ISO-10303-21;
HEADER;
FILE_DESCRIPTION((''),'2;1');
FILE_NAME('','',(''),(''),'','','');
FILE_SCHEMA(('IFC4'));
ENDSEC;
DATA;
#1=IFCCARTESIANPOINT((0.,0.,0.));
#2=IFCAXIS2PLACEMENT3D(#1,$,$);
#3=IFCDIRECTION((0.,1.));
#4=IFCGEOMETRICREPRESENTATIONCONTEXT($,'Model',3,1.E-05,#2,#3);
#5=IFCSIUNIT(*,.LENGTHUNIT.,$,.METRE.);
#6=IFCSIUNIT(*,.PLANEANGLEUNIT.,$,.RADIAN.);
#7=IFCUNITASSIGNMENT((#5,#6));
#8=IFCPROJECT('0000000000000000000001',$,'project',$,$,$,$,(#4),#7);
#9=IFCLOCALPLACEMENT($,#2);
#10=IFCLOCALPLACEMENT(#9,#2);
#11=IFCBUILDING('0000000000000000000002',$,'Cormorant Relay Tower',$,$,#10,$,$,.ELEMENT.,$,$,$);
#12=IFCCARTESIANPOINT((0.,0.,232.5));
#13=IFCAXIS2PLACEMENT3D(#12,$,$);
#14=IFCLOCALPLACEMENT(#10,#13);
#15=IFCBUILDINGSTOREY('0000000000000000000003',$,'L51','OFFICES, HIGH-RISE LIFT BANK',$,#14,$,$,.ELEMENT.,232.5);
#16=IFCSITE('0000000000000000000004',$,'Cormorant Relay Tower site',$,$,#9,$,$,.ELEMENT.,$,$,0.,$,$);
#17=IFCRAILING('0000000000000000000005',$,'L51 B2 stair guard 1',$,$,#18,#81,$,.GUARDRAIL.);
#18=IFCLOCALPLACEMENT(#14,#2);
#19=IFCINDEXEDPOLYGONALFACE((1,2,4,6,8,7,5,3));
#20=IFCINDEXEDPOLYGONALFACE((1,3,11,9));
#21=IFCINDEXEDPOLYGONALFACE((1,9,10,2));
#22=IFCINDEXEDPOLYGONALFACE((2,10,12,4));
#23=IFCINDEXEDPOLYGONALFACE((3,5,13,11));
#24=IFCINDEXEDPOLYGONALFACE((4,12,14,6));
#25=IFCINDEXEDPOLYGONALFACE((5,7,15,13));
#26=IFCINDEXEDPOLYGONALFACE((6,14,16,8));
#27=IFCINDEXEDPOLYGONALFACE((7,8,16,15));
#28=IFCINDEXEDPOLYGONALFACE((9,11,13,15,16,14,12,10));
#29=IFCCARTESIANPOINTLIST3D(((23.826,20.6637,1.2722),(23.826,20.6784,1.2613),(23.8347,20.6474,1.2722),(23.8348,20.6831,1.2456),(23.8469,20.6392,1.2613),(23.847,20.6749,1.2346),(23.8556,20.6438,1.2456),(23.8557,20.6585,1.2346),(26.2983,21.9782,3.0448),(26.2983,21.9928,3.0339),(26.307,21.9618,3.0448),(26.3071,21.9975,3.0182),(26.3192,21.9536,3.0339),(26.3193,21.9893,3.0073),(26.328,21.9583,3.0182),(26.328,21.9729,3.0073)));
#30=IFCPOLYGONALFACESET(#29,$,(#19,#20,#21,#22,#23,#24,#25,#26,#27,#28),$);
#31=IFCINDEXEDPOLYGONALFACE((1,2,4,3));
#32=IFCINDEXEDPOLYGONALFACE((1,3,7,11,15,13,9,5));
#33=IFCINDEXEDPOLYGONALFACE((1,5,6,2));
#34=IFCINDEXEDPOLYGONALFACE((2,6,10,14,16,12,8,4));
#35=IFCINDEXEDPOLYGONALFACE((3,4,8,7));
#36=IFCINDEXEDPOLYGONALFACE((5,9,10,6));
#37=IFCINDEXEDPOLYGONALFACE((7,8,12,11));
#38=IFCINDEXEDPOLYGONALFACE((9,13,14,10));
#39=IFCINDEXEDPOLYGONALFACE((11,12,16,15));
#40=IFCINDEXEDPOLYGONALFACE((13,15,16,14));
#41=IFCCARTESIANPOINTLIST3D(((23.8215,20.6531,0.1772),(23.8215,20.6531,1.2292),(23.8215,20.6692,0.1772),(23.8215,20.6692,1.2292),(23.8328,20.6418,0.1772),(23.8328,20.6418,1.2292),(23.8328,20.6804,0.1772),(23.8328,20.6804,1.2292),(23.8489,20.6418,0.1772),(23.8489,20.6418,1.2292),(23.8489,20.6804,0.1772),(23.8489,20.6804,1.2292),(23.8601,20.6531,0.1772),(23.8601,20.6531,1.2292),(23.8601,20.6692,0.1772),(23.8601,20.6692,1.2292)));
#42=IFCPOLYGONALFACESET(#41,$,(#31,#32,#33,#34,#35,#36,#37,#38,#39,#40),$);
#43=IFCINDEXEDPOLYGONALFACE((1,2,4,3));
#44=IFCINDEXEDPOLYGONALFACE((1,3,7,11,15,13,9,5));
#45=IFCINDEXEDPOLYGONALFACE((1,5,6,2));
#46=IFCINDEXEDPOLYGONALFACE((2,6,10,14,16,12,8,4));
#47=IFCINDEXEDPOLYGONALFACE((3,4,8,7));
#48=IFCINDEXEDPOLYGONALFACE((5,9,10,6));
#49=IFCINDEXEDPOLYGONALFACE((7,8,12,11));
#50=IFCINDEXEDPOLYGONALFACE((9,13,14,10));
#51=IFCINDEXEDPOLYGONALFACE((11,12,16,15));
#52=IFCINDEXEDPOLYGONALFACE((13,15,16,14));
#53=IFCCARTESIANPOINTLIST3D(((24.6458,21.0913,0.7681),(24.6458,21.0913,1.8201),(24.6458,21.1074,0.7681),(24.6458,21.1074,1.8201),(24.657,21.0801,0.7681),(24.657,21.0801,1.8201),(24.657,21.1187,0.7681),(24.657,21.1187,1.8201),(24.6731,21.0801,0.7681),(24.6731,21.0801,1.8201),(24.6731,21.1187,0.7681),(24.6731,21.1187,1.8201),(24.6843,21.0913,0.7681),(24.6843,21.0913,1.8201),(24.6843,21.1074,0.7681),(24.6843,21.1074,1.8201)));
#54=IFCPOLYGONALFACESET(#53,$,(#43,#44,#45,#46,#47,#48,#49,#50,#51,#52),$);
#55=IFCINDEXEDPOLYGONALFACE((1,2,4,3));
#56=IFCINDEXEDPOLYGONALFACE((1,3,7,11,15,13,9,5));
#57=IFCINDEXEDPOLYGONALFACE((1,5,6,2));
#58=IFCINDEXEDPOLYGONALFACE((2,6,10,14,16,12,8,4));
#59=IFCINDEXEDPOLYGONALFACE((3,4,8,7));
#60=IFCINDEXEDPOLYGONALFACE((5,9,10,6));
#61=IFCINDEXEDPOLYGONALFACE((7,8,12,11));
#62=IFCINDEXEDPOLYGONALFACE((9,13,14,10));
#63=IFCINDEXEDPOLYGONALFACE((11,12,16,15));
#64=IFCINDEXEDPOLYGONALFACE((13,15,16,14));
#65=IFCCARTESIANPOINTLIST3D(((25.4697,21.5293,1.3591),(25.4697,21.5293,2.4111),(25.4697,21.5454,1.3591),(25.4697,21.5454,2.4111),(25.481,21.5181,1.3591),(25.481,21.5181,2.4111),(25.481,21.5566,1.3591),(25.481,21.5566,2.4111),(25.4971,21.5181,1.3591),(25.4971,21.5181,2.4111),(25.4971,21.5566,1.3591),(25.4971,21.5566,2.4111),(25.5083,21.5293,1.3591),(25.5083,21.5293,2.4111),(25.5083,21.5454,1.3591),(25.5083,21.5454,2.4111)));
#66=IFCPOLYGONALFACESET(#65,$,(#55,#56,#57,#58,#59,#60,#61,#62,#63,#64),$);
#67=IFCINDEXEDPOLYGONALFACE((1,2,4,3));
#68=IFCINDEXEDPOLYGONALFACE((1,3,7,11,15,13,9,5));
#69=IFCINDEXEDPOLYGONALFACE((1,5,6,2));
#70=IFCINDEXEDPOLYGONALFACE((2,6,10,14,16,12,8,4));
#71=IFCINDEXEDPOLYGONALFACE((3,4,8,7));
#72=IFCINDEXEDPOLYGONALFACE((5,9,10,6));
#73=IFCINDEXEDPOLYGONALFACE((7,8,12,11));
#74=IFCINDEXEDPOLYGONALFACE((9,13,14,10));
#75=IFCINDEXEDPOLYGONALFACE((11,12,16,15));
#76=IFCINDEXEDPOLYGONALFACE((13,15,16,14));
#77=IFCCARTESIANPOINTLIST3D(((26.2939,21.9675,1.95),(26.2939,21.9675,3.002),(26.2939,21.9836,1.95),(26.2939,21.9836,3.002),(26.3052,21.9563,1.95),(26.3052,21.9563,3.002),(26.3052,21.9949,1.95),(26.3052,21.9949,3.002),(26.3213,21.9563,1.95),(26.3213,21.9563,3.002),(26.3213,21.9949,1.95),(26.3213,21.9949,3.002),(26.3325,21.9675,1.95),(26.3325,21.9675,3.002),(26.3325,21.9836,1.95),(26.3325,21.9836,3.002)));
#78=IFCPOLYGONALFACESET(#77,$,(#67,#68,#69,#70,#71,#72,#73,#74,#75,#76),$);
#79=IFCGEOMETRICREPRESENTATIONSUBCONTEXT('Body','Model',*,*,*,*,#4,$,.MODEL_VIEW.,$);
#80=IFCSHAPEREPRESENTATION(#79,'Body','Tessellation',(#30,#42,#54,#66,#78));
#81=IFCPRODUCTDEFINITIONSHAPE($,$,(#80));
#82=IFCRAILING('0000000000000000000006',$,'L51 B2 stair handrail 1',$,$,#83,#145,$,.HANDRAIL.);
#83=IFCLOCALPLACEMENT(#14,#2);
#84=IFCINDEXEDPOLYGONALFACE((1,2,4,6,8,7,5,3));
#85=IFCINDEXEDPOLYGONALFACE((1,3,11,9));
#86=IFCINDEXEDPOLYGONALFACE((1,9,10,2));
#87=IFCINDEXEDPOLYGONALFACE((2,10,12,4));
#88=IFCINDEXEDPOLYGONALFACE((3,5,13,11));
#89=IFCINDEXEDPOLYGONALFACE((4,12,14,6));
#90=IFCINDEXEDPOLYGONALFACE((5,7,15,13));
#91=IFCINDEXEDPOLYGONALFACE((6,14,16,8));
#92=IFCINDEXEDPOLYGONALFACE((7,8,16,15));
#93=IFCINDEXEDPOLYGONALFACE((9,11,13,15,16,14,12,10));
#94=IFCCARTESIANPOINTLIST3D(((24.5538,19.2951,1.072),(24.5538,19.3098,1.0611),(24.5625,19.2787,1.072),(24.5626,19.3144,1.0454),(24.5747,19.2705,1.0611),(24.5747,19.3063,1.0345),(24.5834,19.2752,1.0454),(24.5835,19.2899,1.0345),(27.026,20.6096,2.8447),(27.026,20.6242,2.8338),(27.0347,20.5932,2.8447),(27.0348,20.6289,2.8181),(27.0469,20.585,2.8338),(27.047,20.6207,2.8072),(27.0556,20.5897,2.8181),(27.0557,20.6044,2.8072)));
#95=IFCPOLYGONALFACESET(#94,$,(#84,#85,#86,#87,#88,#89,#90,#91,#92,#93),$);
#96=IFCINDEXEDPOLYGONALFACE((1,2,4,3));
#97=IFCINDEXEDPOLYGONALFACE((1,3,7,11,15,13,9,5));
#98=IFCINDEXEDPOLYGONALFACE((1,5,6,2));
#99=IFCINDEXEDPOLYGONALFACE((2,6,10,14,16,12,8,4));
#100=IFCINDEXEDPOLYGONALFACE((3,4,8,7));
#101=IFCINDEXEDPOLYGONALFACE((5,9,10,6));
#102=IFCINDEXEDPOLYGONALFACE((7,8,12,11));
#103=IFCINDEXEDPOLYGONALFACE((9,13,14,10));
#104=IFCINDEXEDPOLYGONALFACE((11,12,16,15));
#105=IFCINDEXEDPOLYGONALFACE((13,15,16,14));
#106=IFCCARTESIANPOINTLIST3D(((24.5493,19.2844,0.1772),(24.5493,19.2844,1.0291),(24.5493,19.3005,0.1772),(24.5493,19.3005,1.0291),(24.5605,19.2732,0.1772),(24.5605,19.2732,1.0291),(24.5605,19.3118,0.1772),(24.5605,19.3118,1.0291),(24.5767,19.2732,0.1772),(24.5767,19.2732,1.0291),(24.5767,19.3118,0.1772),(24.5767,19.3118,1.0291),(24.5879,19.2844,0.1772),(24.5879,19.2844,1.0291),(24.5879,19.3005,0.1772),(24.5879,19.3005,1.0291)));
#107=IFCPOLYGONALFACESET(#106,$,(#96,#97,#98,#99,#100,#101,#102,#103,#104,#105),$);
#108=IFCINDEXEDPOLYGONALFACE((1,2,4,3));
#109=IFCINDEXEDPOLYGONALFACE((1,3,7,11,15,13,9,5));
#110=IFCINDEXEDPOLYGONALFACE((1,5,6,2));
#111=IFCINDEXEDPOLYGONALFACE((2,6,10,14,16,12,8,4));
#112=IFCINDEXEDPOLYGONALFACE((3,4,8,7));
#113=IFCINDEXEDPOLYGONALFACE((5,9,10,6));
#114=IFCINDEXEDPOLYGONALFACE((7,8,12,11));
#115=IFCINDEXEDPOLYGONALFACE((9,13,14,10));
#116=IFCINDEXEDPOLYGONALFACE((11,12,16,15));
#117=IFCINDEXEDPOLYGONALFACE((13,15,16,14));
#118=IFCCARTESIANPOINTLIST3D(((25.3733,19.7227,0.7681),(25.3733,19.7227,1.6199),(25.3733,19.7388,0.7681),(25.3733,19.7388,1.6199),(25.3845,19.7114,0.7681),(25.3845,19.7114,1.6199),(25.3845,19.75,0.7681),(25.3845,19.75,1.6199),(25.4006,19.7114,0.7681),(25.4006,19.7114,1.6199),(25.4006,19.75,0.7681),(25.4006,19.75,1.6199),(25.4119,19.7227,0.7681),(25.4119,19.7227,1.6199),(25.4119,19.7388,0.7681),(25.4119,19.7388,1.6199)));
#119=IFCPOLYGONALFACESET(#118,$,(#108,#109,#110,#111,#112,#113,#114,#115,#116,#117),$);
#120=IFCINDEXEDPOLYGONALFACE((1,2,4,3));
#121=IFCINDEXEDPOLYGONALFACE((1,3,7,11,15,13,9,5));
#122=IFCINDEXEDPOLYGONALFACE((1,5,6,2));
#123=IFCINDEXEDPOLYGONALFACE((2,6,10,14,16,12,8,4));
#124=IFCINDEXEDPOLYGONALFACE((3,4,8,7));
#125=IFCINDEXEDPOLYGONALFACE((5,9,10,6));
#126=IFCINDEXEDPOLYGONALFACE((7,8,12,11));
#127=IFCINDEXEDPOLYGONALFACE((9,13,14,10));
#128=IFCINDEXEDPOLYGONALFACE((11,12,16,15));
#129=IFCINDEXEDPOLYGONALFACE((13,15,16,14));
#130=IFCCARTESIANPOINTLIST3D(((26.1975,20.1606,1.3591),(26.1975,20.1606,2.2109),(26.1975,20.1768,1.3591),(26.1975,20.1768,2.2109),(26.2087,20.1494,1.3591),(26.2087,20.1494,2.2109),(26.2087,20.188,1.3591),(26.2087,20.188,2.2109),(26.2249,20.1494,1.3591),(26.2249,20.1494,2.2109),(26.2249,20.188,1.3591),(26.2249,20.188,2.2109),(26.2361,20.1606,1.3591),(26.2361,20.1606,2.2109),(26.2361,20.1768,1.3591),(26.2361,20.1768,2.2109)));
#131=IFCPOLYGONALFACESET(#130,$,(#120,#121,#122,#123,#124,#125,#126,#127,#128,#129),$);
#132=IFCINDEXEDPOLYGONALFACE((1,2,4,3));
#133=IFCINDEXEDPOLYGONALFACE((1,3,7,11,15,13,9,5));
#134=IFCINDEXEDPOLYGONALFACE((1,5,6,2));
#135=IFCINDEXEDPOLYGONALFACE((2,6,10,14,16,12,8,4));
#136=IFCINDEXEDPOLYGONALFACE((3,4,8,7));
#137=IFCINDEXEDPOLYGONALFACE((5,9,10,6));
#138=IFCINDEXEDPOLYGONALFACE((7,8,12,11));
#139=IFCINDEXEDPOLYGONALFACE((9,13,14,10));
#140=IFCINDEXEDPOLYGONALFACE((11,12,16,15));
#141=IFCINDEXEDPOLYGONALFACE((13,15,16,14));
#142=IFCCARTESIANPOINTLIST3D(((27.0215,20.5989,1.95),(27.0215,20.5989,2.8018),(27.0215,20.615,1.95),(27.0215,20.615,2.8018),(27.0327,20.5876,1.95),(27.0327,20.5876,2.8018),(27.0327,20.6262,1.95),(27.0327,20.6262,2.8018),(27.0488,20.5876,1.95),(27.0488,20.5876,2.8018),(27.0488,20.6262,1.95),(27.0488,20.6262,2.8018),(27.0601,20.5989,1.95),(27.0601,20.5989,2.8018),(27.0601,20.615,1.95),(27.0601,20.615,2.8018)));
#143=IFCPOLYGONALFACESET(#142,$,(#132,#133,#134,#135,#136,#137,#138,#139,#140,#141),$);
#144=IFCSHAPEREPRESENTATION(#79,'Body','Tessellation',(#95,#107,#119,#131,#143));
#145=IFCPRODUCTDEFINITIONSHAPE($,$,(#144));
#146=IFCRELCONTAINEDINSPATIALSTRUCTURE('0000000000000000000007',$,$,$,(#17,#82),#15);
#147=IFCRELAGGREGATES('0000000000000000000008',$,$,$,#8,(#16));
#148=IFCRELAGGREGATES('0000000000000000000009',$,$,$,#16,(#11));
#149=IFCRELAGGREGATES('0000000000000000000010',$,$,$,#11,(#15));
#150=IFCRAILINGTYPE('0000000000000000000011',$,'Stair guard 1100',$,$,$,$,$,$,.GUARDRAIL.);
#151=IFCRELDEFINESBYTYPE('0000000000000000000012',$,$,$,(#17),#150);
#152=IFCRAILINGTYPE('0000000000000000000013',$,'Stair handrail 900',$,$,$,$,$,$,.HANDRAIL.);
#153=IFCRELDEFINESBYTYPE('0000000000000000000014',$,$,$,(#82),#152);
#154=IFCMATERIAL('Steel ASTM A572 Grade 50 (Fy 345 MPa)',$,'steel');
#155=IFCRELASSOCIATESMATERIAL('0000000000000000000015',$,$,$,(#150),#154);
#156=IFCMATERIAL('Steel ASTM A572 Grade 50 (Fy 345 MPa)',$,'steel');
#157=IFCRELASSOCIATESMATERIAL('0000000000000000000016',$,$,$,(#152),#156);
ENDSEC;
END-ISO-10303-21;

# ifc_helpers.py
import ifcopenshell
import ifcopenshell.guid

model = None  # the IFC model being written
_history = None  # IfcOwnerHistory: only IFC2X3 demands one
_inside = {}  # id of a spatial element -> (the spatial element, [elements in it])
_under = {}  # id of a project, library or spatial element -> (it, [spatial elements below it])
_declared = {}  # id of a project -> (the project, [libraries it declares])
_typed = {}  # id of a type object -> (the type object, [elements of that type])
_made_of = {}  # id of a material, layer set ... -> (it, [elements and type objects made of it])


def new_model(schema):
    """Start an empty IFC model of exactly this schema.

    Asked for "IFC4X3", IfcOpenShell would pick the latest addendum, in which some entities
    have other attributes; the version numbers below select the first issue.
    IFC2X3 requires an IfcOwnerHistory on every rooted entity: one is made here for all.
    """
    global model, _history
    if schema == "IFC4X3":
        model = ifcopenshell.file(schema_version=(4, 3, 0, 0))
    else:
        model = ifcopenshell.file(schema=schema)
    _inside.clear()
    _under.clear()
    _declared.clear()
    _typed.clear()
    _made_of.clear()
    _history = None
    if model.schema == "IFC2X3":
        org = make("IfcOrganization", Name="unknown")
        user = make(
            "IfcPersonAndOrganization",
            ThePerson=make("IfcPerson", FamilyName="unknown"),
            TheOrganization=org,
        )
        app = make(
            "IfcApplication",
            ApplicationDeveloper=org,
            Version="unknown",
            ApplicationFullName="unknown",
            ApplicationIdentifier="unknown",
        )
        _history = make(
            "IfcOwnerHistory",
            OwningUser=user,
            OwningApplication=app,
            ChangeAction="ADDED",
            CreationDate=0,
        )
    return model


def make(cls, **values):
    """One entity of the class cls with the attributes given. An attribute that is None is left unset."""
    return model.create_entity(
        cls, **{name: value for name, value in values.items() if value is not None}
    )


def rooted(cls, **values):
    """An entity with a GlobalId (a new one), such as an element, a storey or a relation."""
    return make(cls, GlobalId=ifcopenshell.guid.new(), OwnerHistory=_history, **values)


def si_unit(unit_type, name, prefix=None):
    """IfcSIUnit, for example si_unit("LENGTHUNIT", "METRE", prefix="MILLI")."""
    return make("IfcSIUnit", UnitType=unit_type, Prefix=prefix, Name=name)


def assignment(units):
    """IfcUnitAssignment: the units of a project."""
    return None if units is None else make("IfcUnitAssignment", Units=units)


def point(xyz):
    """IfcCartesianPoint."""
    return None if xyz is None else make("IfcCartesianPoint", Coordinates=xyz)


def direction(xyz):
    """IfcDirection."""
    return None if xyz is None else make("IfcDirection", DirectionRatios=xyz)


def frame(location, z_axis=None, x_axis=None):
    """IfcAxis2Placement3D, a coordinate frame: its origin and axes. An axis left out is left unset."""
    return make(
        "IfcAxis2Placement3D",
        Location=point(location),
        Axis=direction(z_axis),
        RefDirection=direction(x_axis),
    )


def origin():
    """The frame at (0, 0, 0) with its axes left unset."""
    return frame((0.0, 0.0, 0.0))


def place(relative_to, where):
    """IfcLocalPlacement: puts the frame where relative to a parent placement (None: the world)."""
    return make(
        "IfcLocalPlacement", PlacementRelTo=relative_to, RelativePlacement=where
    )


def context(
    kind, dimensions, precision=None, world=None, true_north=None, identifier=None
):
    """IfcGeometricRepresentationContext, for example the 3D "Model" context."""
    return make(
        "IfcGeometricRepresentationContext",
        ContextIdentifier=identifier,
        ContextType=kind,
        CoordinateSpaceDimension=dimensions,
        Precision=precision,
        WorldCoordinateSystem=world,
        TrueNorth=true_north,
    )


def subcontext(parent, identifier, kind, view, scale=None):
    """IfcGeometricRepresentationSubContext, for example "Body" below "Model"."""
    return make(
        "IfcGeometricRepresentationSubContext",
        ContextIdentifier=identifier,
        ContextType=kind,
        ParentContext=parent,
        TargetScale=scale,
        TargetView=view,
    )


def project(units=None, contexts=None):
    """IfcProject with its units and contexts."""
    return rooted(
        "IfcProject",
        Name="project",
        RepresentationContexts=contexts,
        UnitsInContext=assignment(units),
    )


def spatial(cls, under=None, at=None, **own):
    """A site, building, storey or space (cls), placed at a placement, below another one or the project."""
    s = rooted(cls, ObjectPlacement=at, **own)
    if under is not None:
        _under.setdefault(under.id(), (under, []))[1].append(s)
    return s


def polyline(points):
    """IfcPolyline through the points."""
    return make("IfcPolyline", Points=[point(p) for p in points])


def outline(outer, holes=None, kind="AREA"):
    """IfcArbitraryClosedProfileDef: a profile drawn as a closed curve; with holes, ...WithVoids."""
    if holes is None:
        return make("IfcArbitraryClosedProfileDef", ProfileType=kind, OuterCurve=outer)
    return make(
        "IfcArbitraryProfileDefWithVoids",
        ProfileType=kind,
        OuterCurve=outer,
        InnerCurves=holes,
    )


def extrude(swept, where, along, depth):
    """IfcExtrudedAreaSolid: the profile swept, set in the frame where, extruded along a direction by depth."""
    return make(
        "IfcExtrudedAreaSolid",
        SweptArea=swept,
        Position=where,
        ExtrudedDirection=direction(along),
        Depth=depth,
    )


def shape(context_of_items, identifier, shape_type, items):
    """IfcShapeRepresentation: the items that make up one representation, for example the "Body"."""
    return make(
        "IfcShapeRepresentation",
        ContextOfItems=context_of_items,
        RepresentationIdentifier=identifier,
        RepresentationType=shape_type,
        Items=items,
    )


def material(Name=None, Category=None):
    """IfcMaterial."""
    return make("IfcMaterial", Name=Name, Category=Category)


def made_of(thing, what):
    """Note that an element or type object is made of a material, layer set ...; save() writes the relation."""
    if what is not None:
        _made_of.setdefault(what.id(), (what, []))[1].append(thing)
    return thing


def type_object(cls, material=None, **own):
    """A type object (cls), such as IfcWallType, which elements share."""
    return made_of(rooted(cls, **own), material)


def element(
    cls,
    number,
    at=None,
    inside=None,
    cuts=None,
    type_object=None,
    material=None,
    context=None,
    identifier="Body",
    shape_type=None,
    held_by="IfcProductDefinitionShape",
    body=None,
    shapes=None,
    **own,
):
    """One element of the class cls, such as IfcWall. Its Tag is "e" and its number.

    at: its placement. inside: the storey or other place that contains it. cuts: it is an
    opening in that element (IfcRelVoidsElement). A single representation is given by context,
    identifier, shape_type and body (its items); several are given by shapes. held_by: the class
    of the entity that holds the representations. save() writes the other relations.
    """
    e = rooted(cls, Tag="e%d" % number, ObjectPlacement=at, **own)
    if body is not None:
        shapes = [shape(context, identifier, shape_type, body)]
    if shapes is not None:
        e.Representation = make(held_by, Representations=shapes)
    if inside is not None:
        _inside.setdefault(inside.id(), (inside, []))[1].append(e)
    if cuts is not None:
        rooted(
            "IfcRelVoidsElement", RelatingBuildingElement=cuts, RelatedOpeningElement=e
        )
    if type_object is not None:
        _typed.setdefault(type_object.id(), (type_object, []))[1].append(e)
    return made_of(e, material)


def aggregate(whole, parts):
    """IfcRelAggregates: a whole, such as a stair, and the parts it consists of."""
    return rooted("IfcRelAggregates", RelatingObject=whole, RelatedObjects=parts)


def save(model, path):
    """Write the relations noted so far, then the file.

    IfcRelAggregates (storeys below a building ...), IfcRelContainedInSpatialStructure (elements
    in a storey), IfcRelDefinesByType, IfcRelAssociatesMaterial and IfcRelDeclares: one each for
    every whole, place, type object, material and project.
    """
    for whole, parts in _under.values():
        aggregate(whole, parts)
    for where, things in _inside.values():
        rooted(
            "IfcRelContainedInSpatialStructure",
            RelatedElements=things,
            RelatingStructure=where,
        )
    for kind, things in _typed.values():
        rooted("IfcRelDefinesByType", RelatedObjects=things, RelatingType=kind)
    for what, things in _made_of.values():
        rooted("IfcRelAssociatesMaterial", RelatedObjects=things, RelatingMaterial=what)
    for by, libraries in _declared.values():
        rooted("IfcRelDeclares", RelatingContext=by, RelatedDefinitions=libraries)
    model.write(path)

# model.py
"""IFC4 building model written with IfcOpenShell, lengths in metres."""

from ifc_helpers import new_model, si_unit, direction, frame, origin, place, context, subcontext, project, spatial, polyline, outline, extrude, material, type_object, element, save


model = new_model("IFC4")

# Units and contexts
model_context = context("Model", 3, precision=1e-05, world=origin(), true_north=direction((0.0, 1.0)))
body_context = subcontext(model_context, "Body", "Model", "MODEL_VIEW")
ifc_project = project(units=[si_unit("LENGTHUNIT", "METRE"), si_unit("PLANEANGLEUNIT", "RADIAN")], contexts=[model_context])

# Site, building, storey
site_placement = place(None, origin())
site = spatial("IfcSite", under=ifc_project, at=site_placement, Name="Cormorant Relay Tower site", CompositionType="ELEMENT", RefElevation=0.0)
building_placement = place(site_placement, origin())
building = spatial("IfcBuilding", under=site, at=building_placement, Name="Cormorant Relay Tower", CompositionType="ELEMENT")
storey_placement = place(building_placement, frame((0.0, 0.0, 232.5)))
storey = spatial("IfcBuildingStorey", under=building, at=storey_placement, Name="L51", Description="OFFICES, HIGH-RISE LIFT BANK", CompositionType="ELEMENT", Elevation=232.5)

# Railings
ifc_material_1 = material(Name="Steel ASTM A572 Grade 50 (Fy 345 MPa)", Category="steel")
railing_type_1 = type_object("IfcRailingType", Name="Stair guard 1100", PredefinedType="GUARDRAIL", material=ifc_material_1)
railing_1_placement = place(storey_placement, frame((23.8408, 20.6611, 0.1772)))
element("IfcRailing", 1, at=railing_1_placement, inside=storey, type_object=railing_type_1, Name="L51 B2 stair guard 1", PredefinedType="GUARDRAIL", context=body_context, shape_type="SweptSolid", body=[
    extrude(outline(polyline([(0.0222, 0.0093), (0.0093, 0.0222), (-0.0093, 0.0222), (-0.0222, 0.0093), (-0.0222, -0.0093), (-0.0093, -0.0222), (0.0093, -0.0222), (0.0222, -0.0093), (0.0222, 0.0093)])), frame((0.0, 0.0, 1.0762), z_axis=(0.746034, 0.396627, 0.534902), x_axis=(-0.469429, 0.88297, 0.0)), (0.0, 0.0, 1.0), 3.314),
    extrude(outline(polyline([(0.0193, 0.0081), (0.0081, 0.0193), (-0.0081, 0.0193), (-0.0193, 0.0081), (-0.0193, -0.0081), (-0.0081, -0.0193), (0.0081, -0.0193), (0.0193, -0.0081), (0.0193, 0.0081)])), origin(), (0.0, 0.0, 1.0), 1.052),
    extrude(outline(polyline([(0.0193, 0.0081), (0.0081, 0.0193), (-0.0081, 0.0193), (-0.0193, 0.0081), (-0.0193, -0.0081), (-0.0081, -0.0193), (0.0081, -0.0193), (0.0193, -0.0081), (0.0193, 0.0081)])), frame((0.8242, 0.4382, 0.5908)), (0.0, 0.0, 1.0), 1.052),
    extrude(outline(polyline([(0.0193, 0.0081), (0.0081, 0.0193), (-0.0081, 0.0193), (-0.0193, 0.0081), (-0.0193, -0.0081), (-0.0081, -0.0193), (0.0081, -0.0193), (0.0193, -0.0081), (0.0193, 0.0081)])), frame((1.6482, 0.8762, 1.1819)), (0.0, 0.0, 1.0), 1.052),
    extrude(outline(polyline([(0.0193, 0.0081), (0.0081, 0.0193), (-0.0081, 0.0193), (-0.0193, 0.0081), (-0.0193, -0.0081), (-0.0081, -0.0193), (0.0081, -0.0193), (0.0193, -0.0081), (0.0193, 0.0081)])), frame((2.4724, 1.3145, 1.7727)), (0.0, 0.0, 1.0), 1.052),
])
ifc_material_2 = material(Name="Steel ASTM A572 Grade 50 (Fy 345 MPa)", Category="steel")
railing_type_2 = type_object("IfcRailingType", Name="Stair handrail 900", PredefinedType="HANDRAIL", material=ifc_material_2)
railing_2_placement = place(storey_placement, frame((24.5686, 19.2925, 0.1772)))
element("IfcRailing", 2, at=railing_2_placement, inside=storey, type_object=railing_type_2, Name="L51 B2 stair handrail 1", PredefinedType="HANDRAIL", context=body_context, shape_type="SweptSolid", body=[
    extrude(outline(polyline([(0.0222, 0.0093), (0.0093, 0.0222), (-0.0093, 0.0222), (-0.0222, 0.0093), (-0.0222, -0.0093), (-0.0093, -0.0222), (0.0093, -0.0222), (0.0222, -0.0093), (0.0222, 0.0093)])), frame((0.0, 0.0, 0.876), z_axis=(0.746001, 0.396649, 0.534931), x_axis=(-0.469465, 0.882951, 0.0)), (0.0, 0.0, 1.0), 3.314),
    extrude(outline(polyline([(0.0193, 0.0081), (0.0081, 0.0193), (-0.0081, 0.0193), (-0.0193, 0.0081), (-0.0193, -0.0081), (-0.0081, -0.0193), (0.0081, -0.0193), (0.0193, -0.0081), (0.0193, 0.0081)])), origin(), (0.0, 0.0, 1.0), 0.8518),
    extrude(outline(polyline([(0.0193, 0.0081), (0.0081, 0.0193), (-0.0081, 0.0193), (-0.0193, 0.0081), (-0.0193, -0.0081), (-0.0081, -0.0193), (0.0081, -0.0193), (0.0193, -0.0081), (0.0193, 0.0081)])), frame((0.824, 0.4382, 0.5908)), (0.0, 0.0, 1.0), 0.8518),
    extrude(outline(polyline([(0.0193, 0.0081), (0.0081, 0.0193), (-0.0081, 0.0193), (-0.0193, 0.0081), (-0.0193, -0.0081), (-0.0081, -0.0193), (0.0081, -0.0193), (0.0193, -0.0081), (0.0193, 0.0081)])), frame((1.6482, 0.8762, 1.1819)), (0.0, 0.0, 1.0), 0.8518),
    extrude(outline(polyline([(0.0193, 0.0081), (0.0081, 0.0193), (-0.0081, 0.0193), (-0.0193, 0.0081), (-0.0193, -0.0081), (-0.0081, -0.0193), (0.0081, -0.0193), (0.0193, -0.0081), (0.0193, 0.0081)])), frame((2.4722, 1.3145, 1.7727)), (0.0, 0.0, 1.0), 0.8518),
])

save(model, "model.ifc")
